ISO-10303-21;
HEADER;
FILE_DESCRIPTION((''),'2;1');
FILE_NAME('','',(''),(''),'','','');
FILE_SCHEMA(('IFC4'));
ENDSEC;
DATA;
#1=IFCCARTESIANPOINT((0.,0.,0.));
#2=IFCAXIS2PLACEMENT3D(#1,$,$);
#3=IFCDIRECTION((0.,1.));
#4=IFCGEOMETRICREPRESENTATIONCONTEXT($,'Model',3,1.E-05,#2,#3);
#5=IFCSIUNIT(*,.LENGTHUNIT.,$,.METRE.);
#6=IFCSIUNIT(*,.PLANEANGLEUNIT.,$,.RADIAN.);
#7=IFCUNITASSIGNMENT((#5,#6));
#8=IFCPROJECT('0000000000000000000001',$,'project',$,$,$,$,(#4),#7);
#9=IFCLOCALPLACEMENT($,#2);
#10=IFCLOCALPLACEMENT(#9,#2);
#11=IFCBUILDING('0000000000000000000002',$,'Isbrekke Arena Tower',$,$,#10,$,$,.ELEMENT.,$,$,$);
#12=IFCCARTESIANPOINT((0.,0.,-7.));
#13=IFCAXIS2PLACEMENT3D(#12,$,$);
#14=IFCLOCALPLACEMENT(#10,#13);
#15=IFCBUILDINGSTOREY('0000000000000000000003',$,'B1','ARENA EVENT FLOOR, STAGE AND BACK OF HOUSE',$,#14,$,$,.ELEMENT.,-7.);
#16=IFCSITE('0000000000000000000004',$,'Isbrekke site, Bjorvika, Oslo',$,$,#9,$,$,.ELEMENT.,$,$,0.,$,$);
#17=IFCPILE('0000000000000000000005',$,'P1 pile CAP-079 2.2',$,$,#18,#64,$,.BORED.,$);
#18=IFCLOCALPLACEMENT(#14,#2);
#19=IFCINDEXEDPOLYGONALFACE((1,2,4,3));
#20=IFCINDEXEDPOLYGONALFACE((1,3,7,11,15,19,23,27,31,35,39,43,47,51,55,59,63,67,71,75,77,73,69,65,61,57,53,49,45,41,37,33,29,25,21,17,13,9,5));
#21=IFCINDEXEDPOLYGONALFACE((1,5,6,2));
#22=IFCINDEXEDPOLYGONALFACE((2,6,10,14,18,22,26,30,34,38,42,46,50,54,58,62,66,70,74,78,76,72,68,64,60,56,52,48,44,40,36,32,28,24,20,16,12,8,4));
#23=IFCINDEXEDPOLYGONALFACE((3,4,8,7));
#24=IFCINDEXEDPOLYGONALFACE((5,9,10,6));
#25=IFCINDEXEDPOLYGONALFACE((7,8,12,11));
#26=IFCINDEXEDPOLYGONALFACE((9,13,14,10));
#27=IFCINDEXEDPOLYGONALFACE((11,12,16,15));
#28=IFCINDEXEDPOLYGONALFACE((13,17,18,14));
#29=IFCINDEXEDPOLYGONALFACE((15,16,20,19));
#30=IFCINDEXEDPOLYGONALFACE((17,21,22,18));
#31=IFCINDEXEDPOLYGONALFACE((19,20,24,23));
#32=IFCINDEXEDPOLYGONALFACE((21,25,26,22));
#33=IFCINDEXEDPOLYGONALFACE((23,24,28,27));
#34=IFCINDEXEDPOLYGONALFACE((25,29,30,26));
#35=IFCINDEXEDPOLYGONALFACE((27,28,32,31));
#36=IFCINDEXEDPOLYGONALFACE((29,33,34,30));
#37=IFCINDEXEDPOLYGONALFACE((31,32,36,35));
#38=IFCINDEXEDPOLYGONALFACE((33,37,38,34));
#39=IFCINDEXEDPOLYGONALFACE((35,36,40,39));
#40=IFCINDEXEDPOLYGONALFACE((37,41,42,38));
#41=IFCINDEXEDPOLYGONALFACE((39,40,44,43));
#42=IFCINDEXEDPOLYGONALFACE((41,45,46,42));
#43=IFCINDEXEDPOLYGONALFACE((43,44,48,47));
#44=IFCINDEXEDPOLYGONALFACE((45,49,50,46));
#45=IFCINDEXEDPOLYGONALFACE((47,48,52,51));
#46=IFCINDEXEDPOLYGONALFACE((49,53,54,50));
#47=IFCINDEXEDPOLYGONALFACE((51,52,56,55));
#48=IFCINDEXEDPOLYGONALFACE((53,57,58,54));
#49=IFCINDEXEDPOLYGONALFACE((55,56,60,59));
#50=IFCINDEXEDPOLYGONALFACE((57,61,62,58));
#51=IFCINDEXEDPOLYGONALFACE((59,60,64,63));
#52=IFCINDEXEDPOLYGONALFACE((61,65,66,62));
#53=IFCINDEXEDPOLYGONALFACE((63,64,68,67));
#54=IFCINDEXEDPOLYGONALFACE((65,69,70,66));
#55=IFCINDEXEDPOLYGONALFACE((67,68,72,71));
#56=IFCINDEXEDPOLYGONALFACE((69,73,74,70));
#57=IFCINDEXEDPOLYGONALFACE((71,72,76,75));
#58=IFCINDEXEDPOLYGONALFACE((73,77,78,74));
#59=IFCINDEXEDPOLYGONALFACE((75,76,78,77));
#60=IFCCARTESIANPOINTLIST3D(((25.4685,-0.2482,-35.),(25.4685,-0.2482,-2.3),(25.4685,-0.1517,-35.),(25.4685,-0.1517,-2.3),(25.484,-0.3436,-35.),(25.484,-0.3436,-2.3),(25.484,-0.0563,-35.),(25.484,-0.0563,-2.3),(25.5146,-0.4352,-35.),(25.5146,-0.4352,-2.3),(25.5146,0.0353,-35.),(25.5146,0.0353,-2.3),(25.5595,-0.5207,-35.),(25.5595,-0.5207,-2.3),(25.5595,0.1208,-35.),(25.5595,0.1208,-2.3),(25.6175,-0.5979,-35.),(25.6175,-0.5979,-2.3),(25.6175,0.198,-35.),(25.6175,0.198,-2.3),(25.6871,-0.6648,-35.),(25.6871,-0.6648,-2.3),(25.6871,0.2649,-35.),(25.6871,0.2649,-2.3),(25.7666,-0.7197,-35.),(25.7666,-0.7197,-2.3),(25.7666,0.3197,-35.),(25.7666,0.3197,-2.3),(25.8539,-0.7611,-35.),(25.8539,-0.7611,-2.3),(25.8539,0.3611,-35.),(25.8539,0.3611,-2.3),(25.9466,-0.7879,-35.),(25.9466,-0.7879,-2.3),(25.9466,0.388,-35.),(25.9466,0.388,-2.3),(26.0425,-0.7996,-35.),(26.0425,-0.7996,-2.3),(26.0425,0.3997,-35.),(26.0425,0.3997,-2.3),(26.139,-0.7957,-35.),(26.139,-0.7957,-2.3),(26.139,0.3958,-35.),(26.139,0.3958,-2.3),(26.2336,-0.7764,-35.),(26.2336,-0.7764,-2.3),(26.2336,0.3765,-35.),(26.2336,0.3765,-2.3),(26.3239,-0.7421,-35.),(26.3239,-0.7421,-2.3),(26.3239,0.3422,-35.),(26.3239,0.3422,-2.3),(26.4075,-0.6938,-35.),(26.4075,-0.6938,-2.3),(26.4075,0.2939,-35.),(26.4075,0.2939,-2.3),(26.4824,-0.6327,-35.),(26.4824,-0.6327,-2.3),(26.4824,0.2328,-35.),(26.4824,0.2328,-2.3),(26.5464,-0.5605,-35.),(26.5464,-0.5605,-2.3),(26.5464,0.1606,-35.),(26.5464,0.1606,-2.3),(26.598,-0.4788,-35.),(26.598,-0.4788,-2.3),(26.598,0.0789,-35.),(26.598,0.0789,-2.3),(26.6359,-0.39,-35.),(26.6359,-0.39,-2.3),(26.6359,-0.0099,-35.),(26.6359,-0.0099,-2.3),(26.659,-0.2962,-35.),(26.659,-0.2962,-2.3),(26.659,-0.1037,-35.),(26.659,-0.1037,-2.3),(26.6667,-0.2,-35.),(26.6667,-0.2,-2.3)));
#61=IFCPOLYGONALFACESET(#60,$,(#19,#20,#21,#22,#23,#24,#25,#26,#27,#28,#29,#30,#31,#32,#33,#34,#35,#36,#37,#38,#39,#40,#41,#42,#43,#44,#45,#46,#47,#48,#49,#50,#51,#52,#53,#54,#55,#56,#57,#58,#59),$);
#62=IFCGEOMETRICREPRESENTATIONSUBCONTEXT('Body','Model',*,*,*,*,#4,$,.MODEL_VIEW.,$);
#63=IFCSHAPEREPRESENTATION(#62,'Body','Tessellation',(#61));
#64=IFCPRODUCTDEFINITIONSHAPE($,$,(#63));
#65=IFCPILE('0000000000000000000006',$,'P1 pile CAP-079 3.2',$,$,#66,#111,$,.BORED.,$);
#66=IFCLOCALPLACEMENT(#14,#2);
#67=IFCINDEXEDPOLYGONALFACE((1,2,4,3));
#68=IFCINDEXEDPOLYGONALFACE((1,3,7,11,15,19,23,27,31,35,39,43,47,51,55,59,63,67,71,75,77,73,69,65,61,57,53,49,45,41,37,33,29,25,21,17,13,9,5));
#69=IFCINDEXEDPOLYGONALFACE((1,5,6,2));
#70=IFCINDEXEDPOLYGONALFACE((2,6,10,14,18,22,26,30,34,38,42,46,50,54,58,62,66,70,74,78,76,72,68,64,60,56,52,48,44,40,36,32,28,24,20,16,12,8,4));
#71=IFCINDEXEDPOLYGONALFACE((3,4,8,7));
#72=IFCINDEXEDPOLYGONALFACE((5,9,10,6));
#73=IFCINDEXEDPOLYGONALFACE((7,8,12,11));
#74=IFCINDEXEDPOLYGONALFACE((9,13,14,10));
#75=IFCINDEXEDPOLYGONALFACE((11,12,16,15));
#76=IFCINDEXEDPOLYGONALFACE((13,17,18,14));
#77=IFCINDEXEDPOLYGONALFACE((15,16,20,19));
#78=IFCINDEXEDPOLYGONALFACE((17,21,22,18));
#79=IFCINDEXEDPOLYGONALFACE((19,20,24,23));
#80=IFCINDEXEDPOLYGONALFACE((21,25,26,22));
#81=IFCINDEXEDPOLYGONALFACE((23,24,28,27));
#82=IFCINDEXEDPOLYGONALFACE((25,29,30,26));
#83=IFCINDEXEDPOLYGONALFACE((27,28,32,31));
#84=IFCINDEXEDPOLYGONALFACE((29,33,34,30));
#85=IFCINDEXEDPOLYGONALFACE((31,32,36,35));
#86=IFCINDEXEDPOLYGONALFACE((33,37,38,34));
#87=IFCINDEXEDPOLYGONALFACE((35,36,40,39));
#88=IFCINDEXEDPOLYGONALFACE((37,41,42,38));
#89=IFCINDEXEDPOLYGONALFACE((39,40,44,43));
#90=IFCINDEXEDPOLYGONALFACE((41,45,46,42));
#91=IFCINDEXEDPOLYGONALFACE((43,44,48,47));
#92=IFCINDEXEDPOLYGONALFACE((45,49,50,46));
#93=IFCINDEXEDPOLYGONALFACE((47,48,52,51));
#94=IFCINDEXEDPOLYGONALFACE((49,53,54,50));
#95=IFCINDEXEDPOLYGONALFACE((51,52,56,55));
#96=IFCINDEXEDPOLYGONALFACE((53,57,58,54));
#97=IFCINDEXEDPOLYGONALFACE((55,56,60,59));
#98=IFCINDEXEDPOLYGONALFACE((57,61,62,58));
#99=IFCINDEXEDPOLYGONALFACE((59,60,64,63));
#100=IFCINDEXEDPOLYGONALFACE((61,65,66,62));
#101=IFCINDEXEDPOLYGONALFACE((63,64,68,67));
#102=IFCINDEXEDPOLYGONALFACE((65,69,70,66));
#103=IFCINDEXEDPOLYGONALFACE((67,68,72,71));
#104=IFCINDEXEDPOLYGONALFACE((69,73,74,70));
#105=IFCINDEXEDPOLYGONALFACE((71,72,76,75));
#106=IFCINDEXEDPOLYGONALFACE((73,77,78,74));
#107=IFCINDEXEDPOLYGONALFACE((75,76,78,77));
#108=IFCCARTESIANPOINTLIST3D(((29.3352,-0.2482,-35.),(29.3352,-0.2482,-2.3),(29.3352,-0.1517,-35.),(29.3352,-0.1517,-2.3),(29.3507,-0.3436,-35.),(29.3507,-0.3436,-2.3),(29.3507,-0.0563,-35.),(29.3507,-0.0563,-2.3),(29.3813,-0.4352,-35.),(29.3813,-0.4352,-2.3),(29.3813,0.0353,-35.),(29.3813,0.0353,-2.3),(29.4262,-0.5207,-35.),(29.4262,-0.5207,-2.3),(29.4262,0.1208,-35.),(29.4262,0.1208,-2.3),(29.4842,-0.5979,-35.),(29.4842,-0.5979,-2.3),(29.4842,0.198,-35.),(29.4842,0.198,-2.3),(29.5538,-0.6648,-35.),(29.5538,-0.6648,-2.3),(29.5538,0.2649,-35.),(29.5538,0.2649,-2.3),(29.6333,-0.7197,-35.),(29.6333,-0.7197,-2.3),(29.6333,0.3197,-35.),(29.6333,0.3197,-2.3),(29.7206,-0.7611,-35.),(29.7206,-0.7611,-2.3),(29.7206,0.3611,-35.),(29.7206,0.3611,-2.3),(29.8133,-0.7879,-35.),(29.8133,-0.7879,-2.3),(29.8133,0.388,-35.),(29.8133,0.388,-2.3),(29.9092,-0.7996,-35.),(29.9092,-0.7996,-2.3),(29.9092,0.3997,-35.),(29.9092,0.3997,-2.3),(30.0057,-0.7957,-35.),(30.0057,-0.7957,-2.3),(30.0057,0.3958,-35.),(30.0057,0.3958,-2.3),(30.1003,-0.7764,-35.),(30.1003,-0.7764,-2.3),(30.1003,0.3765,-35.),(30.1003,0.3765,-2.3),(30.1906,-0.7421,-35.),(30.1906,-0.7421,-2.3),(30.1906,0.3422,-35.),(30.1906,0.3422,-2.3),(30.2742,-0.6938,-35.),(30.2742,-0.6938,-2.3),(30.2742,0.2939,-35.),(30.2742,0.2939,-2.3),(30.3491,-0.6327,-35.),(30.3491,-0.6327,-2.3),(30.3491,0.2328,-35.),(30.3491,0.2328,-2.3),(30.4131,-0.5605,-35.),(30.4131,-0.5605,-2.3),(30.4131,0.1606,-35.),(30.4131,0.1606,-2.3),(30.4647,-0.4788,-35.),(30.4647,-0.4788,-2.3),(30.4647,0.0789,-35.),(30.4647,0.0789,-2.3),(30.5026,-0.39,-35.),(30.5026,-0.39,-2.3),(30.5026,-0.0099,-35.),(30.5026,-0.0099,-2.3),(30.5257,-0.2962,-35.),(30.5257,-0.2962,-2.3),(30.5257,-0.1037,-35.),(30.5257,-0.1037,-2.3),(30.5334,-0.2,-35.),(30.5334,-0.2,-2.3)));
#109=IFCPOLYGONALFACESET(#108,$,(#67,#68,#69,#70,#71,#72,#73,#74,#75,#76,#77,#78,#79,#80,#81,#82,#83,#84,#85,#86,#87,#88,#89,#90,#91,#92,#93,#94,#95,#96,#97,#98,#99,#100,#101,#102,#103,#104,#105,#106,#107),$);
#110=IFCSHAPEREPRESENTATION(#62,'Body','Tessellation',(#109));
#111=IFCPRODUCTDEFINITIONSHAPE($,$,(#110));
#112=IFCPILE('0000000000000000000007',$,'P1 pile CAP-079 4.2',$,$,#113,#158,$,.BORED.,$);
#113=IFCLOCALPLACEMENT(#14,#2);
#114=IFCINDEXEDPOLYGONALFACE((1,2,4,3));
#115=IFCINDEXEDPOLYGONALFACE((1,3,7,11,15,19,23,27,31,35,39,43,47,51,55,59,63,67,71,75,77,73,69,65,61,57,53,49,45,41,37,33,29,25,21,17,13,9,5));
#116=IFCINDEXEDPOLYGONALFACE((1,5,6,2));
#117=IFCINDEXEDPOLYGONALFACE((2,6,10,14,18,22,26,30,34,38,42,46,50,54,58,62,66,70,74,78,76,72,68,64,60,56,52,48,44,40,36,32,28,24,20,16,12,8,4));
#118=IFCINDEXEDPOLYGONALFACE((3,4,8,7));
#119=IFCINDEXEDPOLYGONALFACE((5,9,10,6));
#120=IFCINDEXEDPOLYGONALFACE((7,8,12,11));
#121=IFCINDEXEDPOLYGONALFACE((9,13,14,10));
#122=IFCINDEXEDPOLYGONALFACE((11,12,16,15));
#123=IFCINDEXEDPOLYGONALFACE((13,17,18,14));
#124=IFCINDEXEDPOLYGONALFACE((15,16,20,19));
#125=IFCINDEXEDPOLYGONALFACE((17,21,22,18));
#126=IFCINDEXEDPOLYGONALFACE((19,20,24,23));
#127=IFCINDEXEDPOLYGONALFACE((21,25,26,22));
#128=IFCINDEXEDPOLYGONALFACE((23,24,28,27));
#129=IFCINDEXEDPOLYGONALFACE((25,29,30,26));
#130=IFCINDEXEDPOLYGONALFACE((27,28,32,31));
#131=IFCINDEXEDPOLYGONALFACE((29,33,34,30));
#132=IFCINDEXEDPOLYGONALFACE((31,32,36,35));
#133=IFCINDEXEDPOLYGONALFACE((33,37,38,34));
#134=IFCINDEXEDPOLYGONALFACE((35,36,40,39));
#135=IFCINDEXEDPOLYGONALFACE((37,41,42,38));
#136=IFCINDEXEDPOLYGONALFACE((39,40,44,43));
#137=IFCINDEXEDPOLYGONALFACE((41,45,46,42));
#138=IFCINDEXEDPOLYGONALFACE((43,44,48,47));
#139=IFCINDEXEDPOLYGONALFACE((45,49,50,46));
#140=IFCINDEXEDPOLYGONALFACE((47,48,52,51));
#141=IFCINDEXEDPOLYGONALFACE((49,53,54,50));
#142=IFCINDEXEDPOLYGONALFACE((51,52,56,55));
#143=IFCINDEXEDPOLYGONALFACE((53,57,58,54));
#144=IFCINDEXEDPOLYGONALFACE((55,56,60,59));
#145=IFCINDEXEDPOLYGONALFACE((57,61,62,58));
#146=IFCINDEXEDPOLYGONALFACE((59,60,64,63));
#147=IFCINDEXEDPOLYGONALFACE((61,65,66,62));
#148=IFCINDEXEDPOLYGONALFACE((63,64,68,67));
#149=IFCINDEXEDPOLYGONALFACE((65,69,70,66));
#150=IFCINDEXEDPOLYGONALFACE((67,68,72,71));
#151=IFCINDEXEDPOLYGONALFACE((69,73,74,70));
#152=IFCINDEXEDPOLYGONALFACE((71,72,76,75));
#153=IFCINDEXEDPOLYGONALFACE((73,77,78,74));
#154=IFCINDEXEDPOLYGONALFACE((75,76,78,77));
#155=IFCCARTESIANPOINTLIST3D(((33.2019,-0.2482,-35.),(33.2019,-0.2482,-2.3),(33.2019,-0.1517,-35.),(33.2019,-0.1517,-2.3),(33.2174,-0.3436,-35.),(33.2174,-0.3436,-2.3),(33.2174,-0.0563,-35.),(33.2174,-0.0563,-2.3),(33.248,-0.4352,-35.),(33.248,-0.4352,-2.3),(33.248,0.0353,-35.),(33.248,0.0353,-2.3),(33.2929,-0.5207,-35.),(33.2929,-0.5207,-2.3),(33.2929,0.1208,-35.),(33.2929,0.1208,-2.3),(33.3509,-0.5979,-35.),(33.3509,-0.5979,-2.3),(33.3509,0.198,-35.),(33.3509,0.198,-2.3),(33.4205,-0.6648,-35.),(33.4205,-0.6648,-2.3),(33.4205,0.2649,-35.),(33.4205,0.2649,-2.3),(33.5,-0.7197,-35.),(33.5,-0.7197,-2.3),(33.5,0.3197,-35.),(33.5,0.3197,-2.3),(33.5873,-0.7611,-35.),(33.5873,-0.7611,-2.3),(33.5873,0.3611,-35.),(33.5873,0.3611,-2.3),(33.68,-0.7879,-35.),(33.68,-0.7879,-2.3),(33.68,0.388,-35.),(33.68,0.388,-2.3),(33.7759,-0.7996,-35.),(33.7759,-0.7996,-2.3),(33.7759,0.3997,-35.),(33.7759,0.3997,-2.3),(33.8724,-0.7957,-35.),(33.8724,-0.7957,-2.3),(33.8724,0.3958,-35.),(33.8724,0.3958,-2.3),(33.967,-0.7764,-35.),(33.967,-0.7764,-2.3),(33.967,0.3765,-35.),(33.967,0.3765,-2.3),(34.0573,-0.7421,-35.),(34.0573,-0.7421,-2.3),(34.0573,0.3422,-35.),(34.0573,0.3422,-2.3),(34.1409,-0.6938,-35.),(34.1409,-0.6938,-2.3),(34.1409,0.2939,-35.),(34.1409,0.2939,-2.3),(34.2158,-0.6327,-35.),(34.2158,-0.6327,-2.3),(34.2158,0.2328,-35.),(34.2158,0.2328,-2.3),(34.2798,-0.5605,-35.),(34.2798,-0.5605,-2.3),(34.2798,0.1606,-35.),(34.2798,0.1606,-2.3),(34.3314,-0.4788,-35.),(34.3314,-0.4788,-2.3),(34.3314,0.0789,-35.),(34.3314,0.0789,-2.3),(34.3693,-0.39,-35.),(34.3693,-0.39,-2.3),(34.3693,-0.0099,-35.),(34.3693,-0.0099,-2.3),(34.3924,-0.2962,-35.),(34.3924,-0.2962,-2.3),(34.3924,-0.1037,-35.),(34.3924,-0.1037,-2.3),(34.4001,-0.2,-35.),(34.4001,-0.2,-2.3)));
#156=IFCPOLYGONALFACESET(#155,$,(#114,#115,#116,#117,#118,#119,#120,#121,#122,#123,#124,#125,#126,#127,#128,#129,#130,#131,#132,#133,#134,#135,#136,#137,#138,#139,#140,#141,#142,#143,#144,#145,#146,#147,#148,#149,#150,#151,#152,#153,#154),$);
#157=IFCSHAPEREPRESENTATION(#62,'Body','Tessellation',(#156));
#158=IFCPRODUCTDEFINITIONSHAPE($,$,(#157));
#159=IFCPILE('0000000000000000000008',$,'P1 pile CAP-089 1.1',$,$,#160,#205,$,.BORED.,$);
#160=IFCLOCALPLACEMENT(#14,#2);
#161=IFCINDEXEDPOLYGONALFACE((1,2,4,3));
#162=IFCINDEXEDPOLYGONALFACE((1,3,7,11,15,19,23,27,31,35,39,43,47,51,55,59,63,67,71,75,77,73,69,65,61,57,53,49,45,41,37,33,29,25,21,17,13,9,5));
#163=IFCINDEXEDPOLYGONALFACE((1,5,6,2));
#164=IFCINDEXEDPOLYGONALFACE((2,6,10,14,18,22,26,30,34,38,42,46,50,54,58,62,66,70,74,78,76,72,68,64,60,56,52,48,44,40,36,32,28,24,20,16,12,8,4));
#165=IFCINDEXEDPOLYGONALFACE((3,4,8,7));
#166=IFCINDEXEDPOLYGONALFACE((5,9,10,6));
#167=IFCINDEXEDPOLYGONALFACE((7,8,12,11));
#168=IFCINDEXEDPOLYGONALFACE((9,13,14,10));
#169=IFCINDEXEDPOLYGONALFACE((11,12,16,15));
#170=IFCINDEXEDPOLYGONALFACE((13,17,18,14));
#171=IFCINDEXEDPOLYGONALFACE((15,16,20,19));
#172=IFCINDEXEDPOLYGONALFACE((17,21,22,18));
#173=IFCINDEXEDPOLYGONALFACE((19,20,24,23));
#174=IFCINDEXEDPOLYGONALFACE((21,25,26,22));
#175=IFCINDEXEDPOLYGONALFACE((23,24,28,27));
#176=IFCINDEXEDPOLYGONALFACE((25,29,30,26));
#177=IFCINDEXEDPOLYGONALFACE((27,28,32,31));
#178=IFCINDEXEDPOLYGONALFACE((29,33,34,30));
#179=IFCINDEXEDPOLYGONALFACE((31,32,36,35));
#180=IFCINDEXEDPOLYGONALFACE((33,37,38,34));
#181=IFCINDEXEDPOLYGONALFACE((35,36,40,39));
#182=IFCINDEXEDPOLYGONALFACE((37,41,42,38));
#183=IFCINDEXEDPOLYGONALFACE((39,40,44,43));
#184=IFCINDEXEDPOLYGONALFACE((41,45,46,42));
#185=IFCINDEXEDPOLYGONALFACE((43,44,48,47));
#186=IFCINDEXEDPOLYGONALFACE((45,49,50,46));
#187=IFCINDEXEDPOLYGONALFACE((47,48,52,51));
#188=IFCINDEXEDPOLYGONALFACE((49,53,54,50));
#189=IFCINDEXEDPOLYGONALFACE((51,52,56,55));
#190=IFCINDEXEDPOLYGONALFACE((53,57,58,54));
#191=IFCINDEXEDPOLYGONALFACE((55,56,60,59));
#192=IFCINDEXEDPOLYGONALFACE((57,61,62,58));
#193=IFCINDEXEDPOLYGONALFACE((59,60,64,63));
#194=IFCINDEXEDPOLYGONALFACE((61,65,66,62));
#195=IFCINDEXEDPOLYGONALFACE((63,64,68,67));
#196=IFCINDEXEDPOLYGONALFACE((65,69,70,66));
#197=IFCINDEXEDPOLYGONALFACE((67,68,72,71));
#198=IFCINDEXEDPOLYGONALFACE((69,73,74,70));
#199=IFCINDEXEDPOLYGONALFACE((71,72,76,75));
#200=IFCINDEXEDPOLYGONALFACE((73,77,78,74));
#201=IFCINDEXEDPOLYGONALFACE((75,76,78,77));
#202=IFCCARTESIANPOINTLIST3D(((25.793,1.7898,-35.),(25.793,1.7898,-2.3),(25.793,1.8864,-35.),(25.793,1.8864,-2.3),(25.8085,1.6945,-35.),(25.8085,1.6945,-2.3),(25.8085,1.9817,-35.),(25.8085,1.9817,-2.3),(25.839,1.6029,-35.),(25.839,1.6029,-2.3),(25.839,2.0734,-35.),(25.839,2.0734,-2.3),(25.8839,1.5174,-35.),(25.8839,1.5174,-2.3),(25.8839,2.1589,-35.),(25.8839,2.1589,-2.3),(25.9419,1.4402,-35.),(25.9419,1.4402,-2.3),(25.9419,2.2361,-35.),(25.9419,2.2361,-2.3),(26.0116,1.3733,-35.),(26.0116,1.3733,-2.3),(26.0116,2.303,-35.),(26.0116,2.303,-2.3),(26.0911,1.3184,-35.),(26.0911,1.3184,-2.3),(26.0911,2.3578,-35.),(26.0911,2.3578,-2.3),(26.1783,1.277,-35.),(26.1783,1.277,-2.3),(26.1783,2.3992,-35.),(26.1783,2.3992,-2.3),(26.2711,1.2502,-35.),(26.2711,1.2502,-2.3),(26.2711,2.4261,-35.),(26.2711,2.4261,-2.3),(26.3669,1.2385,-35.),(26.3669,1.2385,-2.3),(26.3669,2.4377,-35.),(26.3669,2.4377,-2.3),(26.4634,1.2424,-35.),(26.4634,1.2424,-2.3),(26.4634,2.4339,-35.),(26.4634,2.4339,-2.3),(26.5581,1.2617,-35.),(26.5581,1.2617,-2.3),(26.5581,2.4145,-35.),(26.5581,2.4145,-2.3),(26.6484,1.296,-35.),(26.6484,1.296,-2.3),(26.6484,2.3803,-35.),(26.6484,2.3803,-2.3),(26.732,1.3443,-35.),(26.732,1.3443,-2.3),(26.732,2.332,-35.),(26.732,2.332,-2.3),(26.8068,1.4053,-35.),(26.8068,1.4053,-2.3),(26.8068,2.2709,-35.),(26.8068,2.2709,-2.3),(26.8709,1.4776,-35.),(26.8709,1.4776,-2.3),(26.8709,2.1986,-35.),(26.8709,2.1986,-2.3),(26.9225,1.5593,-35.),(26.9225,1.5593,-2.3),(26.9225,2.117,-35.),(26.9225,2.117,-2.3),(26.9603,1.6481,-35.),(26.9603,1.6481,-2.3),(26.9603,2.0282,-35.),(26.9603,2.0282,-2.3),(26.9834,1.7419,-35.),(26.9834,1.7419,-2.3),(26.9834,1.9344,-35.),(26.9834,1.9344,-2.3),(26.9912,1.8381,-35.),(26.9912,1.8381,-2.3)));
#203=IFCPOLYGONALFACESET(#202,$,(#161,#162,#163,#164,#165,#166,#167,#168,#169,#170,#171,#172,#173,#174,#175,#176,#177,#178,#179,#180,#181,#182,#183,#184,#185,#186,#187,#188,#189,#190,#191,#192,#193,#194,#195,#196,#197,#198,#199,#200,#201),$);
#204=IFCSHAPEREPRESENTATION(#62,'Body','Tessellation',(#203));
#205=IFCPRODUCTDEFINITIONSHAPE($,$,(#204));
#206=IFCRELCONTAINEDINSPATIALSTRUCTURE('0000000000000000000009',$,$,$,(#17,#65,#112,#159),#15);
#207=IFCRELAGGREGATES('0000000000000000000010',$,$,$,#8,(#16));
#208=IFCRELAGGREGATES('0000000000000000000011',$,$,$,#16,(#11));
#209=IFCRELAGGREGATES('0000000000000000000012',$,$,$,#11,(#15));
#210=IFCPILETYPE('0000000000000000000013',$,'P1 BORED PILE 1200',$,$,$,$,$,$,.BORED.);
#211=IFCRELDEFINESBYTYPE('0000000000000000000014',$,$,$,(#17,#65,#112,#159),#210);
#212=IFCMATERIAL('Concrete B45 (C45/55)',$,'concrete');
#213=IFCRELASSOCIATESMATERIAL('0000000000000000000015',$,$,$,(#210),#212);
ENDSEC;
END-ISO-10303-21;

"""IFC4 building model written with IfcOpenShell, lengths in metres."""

from ifc_helpers import new_model, si_unit, direction, frame, origin, origin_2d, place, context, subcontext, project, spatial, circle, extrude, material, material_profile, profile_set, type_object, element, save


model = new_model("IFC4")

# Units and contexts
model_context = context("Model", 3, precision=1e-05, world=origin(), true_north=direction((0.0, 1.0)))
body_context = subcontext(model_context, "Body", "Model", "MODEL_VIEW")
ifc_project = project(units=[si_unit("LENGTHUNIT", "METRE"), si_unit("PLANEANGLEUNIT", "RADIAN")], contexts=[model_context])

# Site, building, storey
site_placement = place(None, origin())
site = spatial("IfcSite", under=ifc_project, at=site_placement, Name="Isbrekke site, Bjorvika, Oslo", CompositionType="ELEMENT", RefElevation=0.0)
building_placement = place(site_placement, origin())
building = spatial("IfcBuilding", under=site, at=building_placement, Name="Isbrekke Arena Tower", CompositionType="ELEMENT")
storey_placement = place(building_placement, frame((0.0, 0.0, -7.0)))
storey = spatial("IfcBuildingStorey", under=building, at=storey_placement, Name="B1", Description="ARENA EVENT FLOOR, STAGE AND BACK OF HOUSE", CompositionType="ELEMENT", Elevation=-7.0)

# Piles
ifc_material_1 = material(Name="Concrete B45 (C45/55)", Category="concrete")
ifc_material_profile_1 = material_profile(ifc_material_1, circle(Radius=0.6001, at=origin_2d()), Name="BORED PILE D1200")
ifc_profile_set_1 = profile_set([ifc_material_profile_1], Name="Concrete B45 (C45/55)")
pile_type = type_object("IfcPileType", Name="P1 BORED PILE 1200", PredefinedType="BORED", material=ifc_profile_set_1)
for number, where, z_axis, x_axis, name in (
    (1, (26.0667, -0.2, -2.3), (0.0, 0.0, -1.0), (1.0, 0.0, 0.0), "P1 pile CAP-079 2.2"),
    (2, (29.9333, -0.2, -2.3), (0.0, 0.0, -1.0), (1.0, 0.0, 0.0), "P1 pile CAP-079 3.2"),
    (3, (33.8, -0.2, -2.3), (0.0, 0.0, -1.0), (1.0, 0.0, 0.0), "P1 pile CAP-079 4.2"),
    (4, (26.3911, 1.8381, -2.3), (0.0, 0.0, -1.0), (1.0, 0.0, 0.0), "P1 pile CAP-089 1.1"),
):
    element("IfcPile", number, at=place(storey_placement, frame(where, z_axis=z_axis, x_axis=x_axis)), inside=storey, type_object=pile_type, Name=name, PredefinedType="BORED", context=body_context, shape_type="SweptSolid", body=[
        extrude(circle(Radius=0.6001, at=origin_2d()), origin(), (0.0, 0.0, 1.0), 32.7),
    ])

save(model, "model.ifc")
